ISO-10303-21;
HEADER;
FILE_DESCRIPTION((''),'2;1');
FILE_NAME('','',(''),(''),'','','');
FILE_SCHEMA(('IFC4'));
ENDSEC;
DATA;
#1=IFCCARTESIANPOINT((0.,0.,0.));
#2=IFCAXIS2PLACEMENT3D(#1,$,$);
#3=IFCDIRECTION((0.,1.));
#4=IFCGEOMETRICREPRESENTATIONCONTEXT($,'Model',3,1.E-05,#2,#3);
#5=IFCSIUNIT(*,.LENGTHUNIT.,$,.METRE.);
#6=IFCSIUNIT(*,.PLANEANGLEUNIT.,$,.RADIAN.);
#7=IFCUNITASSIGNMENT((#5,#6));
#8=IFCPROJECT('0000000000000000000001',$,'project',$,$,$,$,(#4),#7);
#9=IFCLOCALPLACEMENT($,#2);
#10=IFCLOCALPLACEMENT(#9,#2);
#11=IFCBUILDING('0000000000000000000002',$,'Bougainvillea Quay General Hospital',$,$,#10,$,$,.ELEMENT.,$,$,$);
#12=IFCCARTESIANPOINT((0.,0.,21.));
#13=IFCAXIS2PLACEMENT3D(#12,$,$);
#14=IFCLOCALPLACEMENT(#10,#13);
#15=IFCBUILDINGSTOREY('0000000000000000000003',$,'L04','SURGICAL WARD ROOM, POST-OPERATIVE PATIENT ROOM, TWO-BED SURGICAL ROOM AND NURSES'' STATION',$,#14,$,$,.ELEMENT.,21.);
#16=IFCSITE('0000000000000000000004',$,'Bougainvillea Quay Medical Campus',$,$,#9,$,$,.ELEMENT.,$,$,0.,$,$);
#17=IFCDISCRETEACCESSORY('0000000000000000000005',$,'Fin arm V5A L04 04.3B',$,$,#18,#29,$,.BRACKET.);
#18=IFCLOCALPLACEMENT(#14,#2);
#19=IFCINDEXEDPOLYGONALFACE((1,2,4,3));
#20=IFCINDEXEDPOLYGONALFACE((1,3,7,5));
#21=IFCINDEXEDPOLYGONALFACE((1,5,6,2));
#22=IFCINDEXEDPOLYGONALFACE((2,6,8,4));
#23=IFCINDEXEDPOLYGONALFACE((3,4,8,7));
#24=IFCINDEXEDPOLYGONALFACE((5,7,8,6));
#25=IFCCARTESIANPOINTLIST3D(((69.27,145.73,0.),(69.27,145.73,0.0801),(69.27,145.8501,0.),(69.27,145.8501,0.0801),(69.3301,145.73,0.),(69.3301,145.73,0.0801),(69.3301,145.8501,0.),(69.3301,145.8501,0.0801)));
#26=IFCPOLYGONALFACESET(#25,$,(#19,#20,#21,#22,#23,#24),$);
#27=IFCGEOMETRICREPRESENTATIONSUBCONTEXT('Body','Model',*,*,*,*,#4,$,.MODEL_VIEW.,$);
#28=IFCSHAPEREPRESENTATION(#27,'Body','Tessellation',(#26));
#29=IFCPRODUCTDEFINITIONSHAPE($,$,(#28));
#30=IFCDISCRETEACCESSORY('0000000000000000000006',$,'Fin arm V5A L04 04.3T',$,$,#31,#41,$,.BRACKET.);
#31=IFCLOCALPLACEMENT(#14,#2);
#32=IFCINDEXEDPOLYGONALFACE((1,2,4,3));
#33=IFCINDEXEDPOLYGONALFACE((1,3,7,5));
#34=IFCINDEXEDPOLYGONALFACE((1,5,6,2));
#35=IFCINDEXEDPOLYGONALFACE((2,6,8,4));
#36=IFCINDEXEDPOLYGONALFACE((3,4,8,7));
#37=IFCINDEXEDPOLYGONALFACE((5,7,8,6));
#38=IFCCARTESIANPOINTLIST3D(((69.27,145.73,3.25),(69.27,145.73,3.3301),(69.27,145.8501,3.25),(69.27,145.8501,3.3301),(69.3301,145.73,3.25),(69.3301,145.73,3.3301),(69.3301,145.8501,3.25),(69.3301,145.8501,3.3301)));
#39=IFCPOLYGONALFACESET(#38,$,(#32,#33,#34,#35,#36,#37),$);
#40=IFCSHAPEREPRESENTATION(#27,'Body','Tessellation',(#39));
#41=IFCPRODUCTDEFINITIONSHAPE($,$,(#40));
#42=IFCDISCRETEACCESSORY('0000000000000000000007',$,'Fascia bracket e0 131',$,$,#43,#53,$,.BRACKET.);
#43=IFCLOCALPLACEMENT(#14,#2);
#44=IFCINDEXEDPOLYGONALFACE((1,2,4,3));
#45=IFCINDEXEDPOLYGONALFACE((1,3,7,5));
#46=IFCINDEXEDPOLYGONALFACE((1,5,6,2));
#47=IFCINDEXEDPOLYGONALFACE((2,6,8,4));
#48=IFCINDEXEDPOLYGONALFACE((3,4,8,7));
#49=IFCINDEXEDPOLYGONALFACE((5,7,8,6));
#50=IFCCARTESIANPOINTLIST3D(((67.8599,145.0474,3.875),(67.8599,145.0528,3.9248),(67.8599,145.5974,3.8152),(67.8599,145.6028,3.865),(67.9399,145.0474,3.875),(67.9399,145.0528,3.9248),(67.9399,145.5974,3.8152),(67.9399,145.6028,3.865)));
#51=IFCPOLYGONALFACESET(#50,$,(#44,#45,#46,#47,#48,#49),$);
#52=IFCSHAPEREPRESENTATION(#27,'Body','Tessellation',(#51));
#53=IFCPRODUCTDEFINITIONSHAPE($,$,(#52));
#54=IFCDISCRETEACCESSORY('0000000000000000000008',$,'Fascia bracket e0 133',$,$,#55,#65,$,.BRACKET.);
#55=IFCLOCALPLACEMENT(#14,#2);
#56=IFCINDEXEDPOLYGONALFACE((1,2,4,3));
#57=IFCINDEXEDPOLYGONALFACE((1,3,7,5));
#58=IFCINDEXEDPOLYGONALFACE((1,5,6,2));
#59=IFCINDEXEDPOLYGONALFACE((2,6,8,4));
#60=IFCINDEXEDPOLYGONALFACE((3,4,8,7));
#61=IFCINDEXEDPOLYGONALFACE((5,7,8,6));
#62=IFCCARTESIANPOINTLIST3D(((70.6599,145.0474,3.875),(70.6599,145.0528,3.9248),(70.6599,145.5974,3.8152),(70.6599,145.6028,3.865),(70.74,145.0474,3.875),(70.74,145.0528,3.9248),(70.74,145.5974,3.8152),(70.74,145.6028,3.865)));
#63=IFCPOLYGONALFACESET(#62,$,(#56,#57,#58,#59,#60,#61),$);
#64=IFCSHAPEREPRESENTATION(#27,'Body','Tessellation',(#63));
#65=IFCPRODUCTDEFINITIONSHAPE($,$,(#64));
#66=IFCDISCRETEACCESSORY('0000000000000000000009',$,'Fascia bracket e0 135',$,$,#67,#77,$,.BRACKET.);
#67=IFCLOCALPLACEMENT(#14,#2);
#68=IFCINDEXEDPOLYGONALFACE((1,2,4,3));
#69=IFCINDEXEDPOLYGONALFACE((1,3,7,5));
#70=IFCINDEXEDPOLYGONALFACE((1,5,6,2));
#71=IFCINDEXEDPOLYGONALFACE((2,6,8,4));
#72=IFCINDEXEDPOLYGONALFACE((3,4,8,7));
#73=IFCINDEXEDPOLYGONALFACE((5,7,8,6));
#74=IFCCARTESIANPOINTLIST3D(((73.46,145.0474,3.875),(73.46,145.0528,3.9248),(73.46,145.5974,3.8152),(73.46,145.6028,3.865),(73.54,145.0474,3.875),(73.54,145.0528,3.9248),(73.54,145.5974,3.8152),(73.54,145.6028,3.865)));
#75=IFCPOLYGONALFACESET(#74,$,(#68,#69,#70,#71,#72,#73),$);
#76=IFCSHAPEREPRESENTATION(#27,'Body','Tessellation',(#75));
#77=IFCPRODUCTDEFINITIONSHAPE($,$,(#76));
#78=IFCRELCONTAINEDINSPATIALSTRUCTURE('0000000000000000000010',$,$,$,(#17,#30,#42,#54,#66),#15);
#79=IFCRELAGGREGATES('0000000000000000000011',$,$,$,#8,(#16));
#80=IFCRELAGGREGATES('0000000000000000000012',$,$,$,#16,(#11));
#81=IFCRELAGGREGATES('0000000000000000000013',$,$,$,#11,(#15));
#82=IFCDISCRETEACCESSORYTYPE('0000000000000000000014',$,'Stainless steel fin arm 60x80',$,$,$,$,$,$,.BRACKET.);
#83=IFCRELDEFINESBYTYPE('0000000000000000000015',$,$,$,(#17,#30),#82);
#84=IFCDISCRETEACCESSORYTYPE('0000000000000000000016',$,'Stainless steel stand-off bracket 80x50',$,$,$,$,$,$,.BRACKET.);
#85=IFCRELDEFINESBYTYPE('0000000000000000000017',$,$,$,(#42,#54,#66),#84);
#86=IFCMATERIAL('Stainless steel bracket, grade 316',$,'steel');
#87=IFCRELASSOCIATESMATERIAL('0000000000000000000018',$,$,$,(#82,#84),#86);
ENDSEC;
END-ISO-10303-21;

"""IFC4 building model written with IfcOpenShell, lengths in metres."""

from ifc_helpers import new_model, si_unit, direction, frame, origin, origin_2d, place, context, subcontext, project, spatial, rectangle, extrude, material, material_profile, profile_set, type_object, element, save


model = new_model("IFC4")

# Units and contexts
model_context = context("Model", 3, precision=1e-05, world=origin(), true_north=direction((0.0, 1.0)))
body_context = subcontext(model_context, "Body", "Model", "MODEL_VIEW")
ifc_project = project(units=[si_unit("LENGTHUNIT", "METRE"), si_unit("PLANEANGLEUNIT", "RADIAN")], contexts=[model_context])

# Site, building, storey
site_placement = place(None, origin())
site = spatial("IfcSite", under=ifc_project, at=site_placement, Name="Bougainvillea Quay Medical Campus", CompositionType="ELEMENT", RefElevation=0.0)
building_placement = place(site_placement, origin())
building = spatial("IfcBuilding", under=site, at=building_placement, Name="Bougainvillea Quay General Hospital", CompositionType="ELEMENT")
storey_placement = place(building_placement, frame((0.0, 0.0, 21.0)))
storey = spatial("IfcBuildingStorey", under=building, at=storey_placement, Name="L04", Description="SURGICAL WARD ROOM, POST-OPERATIVE PATIENT ROOM, TWO-BED SURGICAL ROOM AND NURSES' STATION", CompositionType="ELEMENT", Elevation=21.0)

# Discrete accessories
ifc_material_1 = material(Name="Stainless steel bracket, grade 316", Category="steel")
discrete_accessory_type_1 = type_object("IfcDiscreteAccessoryType", Name="Stainless steel fin arm 60x80", PredefinedType="BRACKET", material=ifc_material_1)
for number, where, z_axis, x_axis, name in (
    (1, (69.3, 145.79, 0.0), (0.0, 0.0, 1.0), (0.0, -1.0, 0.0), "Fin arm V5A L04 04.3B"),
    (2, (69.3, 145.79, 3.25), (0.0, 0.0, 1.0), (0.0, -1.0, 0.0), "Fin arm V5A L04 04.3T"),
):
    element("IfcDiscreteAccessory", number, at=place(storey_placement, frame(where, z_axis=z_axis, x_axis=x_axis)), inside=storey, type_object=discrete_accessory_type_1, Name=name, PredefinedType="BRACKET", context=body_context, shape_type="SweptSolid", body=[
        extrude(rectangle(XDim=0.1201, YDim=0.0601, at=origin_2d()), origin(), (0.0, 0.0, 1.0), 0.0801),
    ])
ifc_material_profile_1 = material_profile(ifc_material_1, rectangle(XDim=0.0801, YDim=0.05, at=origin_2d()))
ifc_profile_set_1 = profile_set([ifc_material_profile_1], Name="Stainless steel bracket, grade 316")
discrete_accessory_type_2 = type_object("IfcDiscreteAccessoryType", Name="Stainless steel stand-off bracket 80x50", PredefinedType="BRACKET", material=ifc_profile_set_1)
for number, where, z_axis, x_axis, name in (
    (3, (67.8999, 145.6001, 3.8401), (0.0, -0.994139, 0.108107), (1.0, 0.0, 0.0), "Fascia bracket e0 131"),
    (4, (70.7, 145.6001, 3.8401), (0.0, -0.994139, 0.108107), (1.0, 0.0, 0.0), "Fascia bracket e0 133"),
    (5, (73.5, 145.6001, 3.8401), (0.0, -0.994139, 0.108107), (1.0, 0.0, 0.0), "Fascia bracket e0 135"),
):
    element("IfcDiscreteAccessory", number, at=place(storey_placement, frame(where, z_axis=z_axis, x_axis=x_axis)), inside=storey, type_object=discrete_accessory_type_2, Name=name, PredefinedType="BRACKET", context=body_context, shape_type="SweptSolid", body=[
        extrude(rectangle(XDim=0.0801, YDim=0.05, at=origin_2d()), origin(), (0.0, 0.0, 1.0), 0.5532),
    ])

save(model, "model.ifc")
